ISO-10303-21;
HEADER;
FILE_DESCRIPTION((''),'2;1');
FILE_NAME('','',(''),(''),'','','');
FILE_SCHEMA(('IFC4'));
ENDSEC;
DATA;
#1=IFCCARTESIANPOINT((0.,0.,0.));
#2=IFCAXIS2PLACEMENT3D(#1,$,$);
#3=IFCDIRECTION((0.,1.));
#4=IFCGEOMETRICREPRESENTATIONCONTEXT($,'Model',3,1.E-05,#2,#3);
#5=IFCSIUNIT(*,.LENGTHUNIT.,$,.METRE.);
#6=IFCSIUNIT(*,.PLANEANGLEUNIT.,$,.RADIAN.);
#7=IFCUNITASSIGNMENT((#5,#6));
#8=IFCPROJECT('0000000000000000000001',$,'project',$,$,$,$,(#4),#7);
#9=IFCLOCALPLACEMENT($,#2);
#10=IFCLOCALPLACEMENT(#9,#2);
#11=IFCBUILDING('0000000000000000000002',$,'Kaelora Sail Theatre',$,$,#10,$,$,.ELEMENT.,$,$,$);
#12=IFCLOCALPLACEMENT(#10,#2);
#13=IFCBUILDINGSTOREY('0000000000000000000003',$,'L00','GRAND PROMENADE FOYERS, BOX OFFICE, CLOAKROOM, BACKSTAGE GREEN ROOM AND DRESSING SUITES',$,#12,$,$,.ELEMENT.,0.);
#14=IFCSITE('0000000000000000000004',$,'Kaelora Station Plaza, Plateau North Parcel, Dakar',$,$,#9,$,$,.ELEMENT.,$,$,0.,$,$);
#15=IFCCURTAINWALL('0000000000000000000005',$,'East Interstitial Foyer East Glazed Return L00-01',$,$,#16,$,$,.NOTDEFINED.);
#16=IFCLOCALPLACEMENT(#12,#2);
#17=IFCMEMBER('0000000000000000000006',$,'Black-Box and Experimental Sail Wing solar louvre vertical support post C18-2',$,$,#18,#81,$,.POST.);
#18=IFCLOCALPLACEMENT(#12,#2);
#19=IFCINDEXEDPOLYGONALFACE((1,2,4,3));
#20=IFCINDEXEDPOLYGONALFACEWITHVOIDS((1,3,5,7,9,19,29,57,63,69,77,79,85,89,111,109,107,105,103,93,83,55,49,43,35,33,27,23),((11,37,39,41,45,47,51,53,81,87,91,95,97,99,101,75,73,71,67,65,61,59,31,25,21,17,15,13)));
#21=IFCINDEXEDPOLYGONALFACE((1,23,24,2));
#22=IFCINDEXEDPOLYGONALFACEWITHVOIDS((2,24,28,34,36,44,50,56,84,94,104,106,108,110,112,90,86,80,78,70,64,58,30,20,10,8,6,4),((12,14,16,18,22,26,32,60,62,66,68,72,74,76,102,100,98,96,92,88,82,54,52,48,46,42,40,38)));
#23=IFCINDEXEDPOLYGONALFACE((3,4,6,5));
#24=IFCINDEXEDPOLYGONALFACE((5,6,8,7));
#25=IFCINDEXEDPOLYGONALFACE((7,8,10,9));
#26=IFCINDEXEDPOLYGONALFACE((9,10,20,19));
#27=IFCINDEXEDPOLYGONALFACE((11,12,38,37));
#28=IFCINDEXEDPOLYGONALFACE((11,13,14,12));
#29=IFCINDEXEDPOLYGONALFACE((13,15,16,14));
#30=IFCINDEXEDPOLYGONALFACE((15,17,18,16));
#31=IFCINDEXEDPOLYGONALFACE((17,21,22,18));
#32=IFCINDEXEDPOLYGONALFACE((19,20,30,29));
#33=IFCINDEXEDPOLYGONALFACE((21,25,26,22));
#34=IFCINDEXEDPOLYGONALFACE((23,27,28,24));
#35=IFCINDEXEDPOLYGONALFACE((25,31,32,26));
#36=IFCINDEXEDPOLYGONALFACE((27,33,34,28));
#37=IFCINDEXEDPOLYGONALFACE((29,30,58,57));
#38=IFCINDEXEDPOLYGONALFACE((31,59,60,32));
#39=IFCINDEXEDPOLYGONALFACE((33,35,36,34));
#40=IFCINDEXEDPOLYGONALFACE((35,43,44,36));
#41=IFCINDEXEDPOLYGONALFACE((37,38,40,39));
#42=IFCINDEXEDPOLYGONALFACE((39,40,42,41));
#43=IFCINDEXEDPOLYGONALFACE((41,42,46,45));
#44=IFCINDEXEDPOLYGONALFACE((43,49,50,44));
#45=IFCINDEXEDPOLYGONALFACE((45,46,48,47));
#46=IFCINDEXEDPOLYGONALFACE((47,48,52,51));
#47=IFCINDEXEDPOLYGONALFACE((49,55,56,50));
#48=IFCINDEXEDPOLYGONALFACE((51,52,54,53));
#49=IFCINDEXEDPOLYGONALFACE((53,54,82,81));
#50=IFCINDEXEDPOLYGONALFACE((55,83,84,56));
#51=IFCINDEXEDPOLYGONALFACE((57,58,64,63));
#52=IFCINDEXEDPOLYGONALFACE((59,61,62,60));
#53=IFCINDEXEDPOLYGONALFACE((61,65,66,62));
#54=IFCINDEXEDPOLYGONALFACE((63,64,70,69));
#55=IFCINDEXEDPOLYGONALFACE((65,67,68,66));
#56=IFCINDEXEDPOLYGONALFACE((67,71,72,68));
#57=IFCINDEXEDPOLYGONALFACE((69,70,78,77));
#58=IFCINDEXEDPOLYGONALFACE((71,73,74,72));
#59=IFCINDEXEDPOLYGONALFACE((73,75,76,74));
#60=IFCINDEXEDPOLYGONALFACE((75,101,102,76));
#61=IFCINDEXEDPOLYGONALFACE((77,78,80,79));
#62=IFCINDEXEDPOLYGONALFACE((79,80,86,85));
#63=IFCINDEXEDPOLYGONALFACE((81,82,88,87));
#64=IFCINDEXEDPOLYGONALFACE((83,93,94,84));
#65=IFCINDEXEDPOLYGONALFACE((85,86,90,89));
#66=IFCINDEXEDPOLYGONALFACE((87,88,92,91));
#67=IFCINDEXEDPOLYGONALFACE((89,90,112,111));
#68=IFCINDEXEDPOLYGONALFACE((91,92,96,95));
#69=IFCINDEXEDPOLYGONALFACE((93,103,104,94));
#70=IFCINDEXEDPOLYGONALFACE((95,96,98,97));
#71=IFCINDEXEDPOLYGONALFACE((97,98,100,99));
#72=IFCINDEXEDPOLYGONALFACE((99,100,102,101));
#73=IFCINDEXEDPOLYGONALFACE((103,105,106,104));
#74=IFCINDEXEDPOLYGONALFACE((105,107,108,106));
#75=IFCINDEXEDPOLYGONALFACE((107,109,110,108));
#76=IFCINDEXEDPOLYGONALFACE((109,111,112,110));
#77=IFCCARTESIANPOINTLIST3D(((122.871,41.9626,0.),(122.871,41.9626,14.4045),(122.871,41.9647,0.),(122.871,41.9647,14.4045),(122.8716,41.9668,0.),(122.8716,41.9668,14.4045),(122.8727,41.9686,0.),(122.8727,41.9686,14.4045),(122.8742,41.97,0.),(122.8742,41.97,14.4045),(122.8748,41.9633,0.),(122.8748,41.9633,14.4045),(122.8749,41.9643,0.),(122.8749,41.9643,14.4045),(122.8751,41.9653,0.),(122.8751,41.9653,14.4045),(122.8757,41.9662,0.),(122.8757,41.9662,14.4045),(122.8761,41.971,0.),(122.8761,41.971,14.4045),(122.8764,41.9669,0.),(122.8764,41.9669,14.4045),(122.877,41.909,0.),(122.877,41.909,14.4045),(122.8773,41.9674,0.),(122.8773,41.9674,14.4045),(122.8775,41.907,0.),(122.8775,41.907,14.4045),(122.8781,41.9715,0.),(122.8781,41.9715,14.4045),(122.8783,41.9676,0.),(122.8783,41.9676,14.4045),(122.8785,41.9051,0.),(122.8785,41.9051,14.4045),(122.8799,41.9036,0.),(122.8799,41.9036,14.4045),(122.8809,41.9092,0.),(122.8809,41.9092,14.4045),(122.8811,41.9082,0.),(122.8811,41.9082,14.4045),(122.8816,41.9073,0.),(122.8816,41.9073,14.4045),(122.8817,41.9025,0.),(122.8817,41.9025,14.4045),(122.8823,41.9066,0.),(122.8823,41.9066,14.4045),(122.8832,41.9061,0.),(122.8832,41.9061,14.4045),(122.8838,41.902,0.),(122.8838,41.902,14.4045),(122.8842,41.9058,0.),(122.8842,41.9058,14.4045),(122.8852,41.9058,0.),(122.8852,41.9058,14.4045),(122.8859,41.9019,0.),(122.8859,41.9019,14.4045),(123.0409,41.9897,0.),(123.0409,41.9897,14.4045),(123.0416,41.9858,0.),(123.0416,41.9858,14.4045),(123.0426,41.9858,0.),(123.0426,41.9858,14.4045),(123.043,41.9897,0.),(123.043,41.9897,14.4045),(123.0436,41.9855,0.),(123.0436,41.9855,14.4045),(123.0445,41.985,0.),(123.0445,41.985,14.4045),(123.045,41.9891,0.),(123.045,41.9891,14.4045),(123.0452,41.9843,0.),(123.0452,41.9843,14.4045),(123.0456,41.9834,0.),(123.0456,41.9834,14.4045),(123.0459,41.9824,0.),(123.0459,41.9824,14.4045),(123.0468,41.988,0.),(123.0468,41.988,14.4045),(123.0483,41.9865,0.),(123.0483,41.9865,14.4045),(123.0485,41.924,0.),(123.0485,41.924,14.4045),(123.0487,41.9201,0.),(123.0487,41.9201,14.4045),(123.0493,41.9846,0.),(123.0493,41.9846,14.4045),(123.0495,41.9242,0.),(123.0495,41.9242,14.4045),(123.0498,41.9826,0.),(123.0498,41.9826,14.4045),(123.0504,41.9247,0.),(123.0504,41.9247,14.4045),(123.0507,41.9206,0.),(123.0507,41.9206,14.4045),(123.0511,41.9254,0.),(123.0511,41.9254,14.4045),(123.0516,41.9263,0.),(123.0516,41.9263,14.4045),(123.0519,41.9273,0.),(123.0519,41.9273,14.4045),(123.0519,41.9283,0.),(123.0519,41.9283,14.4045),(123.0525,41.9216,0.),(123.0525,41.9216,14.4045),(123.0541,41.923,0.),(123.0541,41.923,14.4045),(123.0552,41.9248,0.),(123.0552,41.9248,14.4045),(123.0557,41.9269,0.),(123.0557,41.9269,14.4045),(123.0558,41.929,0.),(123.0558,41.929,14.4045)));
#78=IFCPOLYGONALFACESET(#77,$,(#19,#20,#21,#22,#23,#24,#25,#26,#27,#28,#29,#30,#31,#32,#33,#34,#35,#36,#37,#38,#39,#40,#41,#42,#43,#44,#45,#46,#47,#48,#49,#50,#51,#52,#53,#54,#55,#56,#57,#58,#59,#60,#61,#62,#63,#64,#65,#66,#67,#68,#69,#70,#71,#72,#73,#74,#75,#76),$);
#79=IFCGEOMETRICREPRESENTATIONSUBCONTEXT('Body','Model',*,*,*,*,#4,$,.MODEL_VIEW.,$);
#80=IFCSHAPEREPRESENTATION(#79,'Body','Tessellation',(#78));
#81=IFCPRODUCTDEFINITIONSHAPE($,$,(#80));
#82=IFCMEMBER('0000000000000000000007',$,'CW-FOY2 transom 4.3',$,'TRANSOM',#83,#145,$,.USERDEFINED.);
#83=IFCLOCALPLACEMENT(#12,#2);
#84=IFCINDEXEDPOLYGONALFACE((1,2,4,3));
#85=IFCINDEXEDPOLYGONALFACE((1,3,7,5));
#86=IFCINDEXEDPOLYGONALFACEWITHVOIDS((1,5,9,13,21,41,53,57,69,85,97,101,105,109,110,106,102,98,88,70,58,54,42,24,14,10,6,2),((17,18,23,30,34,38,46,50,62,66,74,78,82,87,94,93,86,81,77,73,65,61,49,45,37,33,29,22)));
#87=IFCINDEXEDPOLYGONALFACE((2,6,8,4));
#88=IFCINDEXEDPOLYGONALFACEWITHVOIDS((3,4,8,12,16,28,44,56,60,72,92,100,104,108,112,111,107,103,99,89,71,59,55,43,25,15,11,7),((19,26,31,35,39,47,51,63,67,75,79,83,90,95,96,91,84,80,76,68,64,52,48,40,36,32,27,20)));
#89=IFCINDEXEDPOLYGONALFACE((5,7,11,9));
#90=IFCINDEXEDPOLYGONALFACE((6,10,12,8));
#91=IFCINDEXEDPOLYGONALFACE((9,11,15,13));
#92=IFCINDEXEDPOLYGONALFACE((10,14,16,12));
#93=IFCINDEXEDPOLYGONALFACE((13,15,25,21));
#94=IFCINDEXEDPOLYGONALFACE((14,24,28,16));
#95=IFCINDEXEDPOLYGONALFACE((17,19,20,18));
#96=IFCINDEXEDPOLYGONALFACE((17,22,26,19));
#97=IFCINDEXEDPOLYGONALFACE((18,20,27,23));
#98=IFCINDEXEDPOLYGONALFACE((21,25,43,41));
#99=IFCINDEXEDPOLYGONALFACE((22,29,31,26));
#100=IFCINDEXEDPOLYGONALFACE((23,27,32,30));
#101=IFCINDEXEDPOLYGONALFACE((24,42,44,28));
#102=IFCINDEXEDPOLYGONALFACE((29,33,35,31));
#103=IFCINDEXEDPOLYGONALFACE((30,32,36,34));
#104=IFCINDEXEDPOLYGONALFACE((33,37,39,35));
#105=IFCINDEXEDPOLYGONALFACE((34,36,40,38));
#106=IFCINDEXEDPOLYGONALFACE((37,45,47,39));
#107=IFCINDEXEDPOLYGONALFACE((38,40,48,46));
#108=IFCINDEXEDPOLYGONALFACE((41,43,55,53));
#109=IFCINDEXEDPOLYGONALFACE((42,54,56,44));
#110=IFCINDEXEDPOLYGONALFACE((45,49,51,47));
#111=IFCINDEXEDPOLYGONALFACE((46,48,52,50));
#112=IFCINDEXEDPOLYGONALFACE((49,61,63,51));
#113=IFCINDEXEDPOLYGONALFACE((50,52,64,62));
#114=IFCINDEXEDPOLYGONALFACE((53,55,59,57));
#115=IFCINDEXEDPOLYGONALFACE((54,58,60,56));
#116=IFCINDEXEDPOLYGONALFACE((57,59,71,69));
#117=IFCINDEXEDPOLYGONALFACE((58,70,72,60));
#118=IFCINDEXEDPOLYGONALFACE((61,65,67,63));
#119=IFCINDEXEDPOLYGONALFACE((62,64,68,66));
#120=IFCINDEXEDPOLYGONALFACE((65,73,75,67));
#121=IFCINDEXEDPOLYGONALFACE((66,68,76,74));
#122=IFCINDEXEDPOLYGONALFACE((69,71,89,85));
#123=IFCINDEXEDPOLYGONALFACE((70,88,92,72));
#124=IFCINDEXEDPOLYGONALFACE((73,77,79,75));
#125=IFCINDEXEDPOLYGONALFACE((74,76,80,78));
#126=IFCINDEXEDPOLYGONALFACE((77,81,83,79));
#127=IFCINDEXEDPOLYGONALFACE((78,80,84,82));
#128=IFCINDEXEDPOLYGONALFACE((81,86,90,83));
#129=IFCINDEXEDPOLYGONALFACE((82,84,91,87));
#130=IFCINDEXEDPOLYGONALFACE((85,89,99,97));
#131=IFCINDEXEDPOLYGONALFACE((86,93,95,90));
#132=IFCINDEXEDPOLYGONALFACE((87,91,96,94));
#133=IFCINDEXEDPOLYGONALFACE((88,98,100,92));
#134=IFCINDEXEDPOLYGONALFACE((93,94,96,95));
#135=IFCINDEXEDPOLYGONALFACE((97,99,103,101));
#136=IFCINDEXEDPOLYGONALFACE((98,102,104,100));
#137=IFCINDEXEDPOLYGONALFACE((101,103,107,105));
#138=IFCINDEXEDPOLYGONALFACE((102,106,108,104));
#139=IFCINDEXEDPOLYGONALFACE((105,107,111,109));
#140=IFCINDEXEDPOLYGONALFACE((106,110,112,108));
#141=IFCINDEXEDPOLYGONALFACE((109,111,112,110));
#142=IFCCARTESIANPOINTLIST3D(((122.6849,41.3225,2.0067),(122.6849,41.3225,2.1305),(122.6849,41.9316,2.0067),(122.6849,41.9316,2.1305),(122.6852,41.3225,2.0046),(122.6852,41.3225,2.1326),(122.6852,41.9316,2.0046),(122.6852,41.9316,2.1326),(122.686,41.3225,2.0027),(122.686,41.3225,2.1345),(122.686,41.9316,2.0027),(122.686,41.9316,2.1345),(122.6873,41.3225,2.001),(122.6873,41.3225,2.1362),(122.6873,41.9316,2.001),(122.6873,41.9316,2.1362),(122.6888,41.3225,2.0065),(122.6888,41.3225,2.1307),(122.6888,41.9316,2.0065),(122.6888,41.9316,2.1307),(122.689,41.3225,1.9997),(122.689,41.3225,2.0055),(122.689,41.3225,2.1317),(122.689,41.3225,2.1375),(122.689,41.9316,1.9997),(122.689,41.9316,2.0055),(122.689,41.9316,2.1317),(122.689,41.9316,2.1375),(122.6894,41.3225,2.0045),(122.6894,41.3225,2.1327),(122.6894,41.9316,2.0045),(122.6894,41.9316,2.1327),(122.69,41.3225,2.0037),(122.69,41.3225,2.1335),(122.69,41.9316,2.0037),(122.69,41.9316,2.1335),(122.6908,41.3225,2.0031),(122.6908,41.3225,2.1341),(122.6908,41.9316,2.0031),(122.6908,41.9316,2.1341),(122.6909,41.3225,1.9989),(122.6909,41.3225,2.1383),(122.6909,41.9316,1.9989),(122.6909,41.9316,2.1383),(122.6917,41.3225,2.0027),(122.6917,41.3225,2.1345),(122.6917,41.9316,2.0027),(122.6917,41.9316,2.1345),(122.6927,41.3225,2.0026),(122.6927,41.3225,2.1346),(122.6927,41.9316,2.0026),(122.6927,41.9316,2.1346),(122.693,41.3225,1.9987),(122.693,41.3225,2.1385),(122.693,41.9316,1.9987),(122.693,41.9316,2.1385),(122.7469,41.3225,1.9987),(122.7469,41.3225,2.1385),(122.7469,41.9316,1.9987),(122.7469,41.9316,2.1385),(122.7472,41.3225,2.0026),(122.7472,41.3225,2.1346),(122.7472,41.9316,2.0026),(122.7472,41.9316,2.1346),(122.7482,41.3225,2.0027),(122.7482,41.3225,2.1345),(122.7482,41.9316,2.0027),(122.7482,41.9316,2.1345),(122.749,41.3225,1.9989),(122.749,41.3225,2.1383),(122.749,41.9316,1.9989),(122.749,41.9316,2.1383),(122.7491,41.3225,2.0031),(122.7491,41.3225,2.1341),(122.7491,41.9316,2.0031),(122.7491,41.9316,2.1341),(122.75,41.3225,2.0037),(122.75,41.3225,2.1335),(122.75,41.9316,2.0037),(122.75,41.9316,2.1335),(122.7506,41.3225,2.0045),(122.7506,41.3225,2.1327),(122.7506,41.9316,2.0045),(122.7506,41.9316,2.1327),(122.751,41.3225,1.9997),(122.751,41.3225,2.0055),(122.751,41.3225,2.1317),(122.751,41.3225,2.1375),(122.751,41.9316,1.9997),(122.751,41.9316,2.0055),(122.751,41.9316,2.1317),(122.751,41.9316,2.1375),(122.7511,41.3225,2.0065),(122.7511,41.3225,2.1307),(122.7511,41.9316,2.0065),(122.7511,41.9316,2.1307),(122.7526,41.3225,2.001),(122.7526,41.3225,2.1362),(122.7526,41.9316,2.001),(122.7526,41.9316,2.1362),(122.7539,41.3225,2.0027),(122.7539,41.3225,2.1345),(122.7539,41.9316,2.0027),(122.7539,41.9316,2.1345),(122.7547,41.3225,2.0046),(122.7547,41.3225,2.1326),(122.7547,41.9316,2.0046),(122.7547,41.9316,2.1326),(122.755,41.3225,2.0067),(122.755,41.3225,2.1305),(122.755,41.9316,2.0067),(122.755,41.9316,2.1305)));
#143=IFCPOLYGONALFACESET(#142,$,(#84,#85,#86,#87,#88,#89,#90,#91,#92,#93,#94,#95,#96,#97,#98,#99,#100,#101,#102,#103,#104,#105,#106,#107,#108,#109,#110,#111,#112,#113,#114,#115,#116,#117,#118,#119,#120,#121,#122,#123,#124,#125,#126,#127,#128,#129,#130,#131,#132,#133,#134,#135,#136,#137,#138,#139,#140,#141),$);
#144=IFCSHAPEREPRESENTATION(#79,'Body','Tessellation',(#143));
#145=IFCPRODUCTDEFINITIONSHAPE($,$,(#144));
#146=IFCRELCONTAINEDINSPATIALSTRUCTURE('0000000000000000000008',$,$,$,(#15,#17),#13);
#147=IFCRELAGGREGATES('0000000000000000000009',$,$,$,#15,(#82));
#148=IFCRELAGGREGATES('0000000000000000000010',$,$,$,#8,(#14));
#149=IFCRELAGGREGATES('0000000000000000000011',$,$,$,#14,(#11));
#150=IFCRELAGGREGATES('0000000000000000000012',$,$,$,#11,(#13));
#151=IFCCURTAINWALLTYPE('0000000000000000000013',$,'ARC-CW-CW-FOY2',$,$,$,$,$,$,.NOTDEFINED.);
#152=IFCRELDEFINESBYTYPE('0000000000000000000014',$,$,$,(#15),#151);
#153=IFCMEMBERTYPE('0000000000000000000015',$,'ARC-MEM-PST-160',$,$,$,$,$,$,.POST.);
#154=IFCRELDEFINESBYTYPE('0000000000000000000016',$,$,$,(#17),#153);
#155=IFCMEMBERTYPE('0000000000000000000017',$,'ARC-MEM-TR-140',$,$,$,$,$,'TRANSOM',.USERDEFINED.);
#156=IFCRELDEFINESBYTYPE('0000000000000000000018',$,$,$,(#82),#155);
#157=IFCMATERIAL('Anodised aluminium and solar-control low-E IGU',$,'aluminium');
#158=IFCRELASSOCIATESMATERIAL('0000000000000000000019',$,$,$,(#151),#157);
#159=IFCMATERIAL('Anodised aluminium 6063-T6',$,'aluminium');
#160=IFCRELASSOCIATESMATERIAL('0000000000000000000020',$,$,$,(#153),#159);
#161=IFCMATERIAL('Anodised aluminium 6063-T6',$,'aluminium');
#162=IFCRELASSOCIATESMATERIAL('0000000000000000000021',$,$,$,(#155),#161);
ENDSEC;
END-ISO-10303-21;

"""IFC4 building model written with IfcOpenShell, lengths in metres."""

from ifc_helpers import new_model, si_unit, direction, frame, origin, origin_2d, place, context, subcontext, project, spatial, hollow_rectangle, extrude, material, material_profile, profile_set, type_object, element, aggregate, save


model = new_model("IFC4")

# Units and contexts
model_context = context("Model", 3, precision=1e-05, world=origin(), true_north=direction((0.0, 1.0)))
body_context = subcontext(model_context, "Body", "Model", "MODEL_VIEW")
ifc_project = project(units=[si_unit("LENGTHUNIT", "METRE"), si_unit("PLANEANGLEUNIT", "RADIAN")], contexts=[model_context])

# Site, building, storey
site_placement = place(None, origin())
site = spatial("IfcSite", under=ifc_project, at=site_placement, Name="Kaelora Station Plaza, Plateau North Parcel, Dakar", CompositionType="ELEMENT", RefElevation=0.0)
building_placement = place(site_placement, origin())
building = spatial("IfcBuilding", under=site, at=building_placement, Name="Kaelora Sail Theatre", CompositionType="ELEMENT")
storey_placement = place(building_placement, origin())
storey = spatial("IfcBuildingStorey", under=building, at=storey_placement, Name="L00", Description="GRAND PROMENADE FOYERS, BOX OFFICE, CLOAKROOM, BACKSTAGE GREEN ROOM AND DRESSING SUITES", CompositionType="ELEMENT", Elevation=0.0)

# Curtain wall
ifc_material_1 = material(Name="Anodised aluminium and solar-control low-E IGU", Category="aluminium")
curtain_wall_type = type_object("IfcCurtainWallType", Name="ARC-CW-CW-FOY2", PredefinedType="NOTDEFINED", material=ifc_material_1)
curtain_wall_placement = place(storey_placement, origin())
curtain_wall = element("IfcCurtainWall", 1, at=curtain_wall_placement, inside=storey, type_object=curtain_wall_type, Name="East Interstitial Foyer East Glazed Return L00-01", PredefinedType="NOTDEFINED")

# Members
ifc_material_2 = material(Name="Anodised aluminium 6063-T6", Category="aluminium")
ifc_material_profile_1 = material_profile(ifc_material_2, hollow_rectangle(XDim=0.0701, YDim=0.1799, WallThickness=0.0039, InnerFilletRadius=0.0039, OuterFilletRadius=0.0081, at=origin_2d()), Name="ALU-MULL 70x180x4")
ifc_profile_set_1 = profile_set([ifc_material_profile_1], Name="Anodised aluminium 6063-T6")
member_type_1 = type_object("IfcMemberType", Name="ARC-MEM-PST-160", PredefinedType="POST", material=ifc_profile_set_1)
member_1_placement = place(storey_placement, frame((122.9634, 41.9458, 0.0), z_axis=(0.0, 0.0, 1.0), x_axis=(-0.110775, 0.993845, 0.0)))
element("IfcMember", 2, at=member_1_placement, inside=storey, type_object=member_type_1, Name="Black-Box and Experimental Sail Wing solar louvre vertical support post C18-2", PredefinedType="POST", context=body_context, shape_type="SweptSolid", body=[
    extrude(hollow_rectangle(XDim=0.0701, YDim=0.1799, WallThickness=0.0039, InnerFilletRadius=0.0039, OuterFilletRadius=0.0081, at=origin_2d()), origin(), (0.0, 0.0, 1.0), 14.4045),
])
ifc_material_3 = material(Name="Anodised aluminium 6063-T6", Category="aluminium")
ifc_material_profile_2 = material_profile(ifc_material_3, hollow_rectangle(XDim=0.0701, YDim=0.1399, WallThickness=0.0039, InnerFilletRadius=0.0039, OuterFilletRadius=0.0081, at=origin_2d()), Name="ALU-TRAN 70x140x4")
ifc_profile_set_2 = profile_set([ifc_material_profile_2], Name="Anodised aluminium 6063-T6")
member_type_2 = type_object("IfcMemberType", Name="ARC-MEM-TR-140", ElementType="TRANSOM", PredefinedType="USERDEFINED", material=ifc_profile_set_2)
member_2_placement = place(storey_placement, frame((122.72, 41.3225, 2.0686), z_axis=(0.0, 1.0, 0.0), x_axis=(-1.0, 0.0, 0.0)))
member_2 = element("IfcMember", 3, at=member_2_placement, type_object=member_type_2, Name="CW-FOY2 transom 4.3", ObjectType="TRANSOM", PredefinedType="USERDEFINED", context=body_context, shape_type="SweptSolid", body=[
    extrude(hollow_rectangle(XDim=0.0701, YDim=0.1399, WallThickness=0.0039, InnerFilletRadius=0.0039, OuterFilletRadius=0.0081, at=origin_2d()), origin(), (0.0, 0.0, 1.0), 0.6091),
])

aggregate(curtain_wall, [member_2])

save(model, "model.ifc")
